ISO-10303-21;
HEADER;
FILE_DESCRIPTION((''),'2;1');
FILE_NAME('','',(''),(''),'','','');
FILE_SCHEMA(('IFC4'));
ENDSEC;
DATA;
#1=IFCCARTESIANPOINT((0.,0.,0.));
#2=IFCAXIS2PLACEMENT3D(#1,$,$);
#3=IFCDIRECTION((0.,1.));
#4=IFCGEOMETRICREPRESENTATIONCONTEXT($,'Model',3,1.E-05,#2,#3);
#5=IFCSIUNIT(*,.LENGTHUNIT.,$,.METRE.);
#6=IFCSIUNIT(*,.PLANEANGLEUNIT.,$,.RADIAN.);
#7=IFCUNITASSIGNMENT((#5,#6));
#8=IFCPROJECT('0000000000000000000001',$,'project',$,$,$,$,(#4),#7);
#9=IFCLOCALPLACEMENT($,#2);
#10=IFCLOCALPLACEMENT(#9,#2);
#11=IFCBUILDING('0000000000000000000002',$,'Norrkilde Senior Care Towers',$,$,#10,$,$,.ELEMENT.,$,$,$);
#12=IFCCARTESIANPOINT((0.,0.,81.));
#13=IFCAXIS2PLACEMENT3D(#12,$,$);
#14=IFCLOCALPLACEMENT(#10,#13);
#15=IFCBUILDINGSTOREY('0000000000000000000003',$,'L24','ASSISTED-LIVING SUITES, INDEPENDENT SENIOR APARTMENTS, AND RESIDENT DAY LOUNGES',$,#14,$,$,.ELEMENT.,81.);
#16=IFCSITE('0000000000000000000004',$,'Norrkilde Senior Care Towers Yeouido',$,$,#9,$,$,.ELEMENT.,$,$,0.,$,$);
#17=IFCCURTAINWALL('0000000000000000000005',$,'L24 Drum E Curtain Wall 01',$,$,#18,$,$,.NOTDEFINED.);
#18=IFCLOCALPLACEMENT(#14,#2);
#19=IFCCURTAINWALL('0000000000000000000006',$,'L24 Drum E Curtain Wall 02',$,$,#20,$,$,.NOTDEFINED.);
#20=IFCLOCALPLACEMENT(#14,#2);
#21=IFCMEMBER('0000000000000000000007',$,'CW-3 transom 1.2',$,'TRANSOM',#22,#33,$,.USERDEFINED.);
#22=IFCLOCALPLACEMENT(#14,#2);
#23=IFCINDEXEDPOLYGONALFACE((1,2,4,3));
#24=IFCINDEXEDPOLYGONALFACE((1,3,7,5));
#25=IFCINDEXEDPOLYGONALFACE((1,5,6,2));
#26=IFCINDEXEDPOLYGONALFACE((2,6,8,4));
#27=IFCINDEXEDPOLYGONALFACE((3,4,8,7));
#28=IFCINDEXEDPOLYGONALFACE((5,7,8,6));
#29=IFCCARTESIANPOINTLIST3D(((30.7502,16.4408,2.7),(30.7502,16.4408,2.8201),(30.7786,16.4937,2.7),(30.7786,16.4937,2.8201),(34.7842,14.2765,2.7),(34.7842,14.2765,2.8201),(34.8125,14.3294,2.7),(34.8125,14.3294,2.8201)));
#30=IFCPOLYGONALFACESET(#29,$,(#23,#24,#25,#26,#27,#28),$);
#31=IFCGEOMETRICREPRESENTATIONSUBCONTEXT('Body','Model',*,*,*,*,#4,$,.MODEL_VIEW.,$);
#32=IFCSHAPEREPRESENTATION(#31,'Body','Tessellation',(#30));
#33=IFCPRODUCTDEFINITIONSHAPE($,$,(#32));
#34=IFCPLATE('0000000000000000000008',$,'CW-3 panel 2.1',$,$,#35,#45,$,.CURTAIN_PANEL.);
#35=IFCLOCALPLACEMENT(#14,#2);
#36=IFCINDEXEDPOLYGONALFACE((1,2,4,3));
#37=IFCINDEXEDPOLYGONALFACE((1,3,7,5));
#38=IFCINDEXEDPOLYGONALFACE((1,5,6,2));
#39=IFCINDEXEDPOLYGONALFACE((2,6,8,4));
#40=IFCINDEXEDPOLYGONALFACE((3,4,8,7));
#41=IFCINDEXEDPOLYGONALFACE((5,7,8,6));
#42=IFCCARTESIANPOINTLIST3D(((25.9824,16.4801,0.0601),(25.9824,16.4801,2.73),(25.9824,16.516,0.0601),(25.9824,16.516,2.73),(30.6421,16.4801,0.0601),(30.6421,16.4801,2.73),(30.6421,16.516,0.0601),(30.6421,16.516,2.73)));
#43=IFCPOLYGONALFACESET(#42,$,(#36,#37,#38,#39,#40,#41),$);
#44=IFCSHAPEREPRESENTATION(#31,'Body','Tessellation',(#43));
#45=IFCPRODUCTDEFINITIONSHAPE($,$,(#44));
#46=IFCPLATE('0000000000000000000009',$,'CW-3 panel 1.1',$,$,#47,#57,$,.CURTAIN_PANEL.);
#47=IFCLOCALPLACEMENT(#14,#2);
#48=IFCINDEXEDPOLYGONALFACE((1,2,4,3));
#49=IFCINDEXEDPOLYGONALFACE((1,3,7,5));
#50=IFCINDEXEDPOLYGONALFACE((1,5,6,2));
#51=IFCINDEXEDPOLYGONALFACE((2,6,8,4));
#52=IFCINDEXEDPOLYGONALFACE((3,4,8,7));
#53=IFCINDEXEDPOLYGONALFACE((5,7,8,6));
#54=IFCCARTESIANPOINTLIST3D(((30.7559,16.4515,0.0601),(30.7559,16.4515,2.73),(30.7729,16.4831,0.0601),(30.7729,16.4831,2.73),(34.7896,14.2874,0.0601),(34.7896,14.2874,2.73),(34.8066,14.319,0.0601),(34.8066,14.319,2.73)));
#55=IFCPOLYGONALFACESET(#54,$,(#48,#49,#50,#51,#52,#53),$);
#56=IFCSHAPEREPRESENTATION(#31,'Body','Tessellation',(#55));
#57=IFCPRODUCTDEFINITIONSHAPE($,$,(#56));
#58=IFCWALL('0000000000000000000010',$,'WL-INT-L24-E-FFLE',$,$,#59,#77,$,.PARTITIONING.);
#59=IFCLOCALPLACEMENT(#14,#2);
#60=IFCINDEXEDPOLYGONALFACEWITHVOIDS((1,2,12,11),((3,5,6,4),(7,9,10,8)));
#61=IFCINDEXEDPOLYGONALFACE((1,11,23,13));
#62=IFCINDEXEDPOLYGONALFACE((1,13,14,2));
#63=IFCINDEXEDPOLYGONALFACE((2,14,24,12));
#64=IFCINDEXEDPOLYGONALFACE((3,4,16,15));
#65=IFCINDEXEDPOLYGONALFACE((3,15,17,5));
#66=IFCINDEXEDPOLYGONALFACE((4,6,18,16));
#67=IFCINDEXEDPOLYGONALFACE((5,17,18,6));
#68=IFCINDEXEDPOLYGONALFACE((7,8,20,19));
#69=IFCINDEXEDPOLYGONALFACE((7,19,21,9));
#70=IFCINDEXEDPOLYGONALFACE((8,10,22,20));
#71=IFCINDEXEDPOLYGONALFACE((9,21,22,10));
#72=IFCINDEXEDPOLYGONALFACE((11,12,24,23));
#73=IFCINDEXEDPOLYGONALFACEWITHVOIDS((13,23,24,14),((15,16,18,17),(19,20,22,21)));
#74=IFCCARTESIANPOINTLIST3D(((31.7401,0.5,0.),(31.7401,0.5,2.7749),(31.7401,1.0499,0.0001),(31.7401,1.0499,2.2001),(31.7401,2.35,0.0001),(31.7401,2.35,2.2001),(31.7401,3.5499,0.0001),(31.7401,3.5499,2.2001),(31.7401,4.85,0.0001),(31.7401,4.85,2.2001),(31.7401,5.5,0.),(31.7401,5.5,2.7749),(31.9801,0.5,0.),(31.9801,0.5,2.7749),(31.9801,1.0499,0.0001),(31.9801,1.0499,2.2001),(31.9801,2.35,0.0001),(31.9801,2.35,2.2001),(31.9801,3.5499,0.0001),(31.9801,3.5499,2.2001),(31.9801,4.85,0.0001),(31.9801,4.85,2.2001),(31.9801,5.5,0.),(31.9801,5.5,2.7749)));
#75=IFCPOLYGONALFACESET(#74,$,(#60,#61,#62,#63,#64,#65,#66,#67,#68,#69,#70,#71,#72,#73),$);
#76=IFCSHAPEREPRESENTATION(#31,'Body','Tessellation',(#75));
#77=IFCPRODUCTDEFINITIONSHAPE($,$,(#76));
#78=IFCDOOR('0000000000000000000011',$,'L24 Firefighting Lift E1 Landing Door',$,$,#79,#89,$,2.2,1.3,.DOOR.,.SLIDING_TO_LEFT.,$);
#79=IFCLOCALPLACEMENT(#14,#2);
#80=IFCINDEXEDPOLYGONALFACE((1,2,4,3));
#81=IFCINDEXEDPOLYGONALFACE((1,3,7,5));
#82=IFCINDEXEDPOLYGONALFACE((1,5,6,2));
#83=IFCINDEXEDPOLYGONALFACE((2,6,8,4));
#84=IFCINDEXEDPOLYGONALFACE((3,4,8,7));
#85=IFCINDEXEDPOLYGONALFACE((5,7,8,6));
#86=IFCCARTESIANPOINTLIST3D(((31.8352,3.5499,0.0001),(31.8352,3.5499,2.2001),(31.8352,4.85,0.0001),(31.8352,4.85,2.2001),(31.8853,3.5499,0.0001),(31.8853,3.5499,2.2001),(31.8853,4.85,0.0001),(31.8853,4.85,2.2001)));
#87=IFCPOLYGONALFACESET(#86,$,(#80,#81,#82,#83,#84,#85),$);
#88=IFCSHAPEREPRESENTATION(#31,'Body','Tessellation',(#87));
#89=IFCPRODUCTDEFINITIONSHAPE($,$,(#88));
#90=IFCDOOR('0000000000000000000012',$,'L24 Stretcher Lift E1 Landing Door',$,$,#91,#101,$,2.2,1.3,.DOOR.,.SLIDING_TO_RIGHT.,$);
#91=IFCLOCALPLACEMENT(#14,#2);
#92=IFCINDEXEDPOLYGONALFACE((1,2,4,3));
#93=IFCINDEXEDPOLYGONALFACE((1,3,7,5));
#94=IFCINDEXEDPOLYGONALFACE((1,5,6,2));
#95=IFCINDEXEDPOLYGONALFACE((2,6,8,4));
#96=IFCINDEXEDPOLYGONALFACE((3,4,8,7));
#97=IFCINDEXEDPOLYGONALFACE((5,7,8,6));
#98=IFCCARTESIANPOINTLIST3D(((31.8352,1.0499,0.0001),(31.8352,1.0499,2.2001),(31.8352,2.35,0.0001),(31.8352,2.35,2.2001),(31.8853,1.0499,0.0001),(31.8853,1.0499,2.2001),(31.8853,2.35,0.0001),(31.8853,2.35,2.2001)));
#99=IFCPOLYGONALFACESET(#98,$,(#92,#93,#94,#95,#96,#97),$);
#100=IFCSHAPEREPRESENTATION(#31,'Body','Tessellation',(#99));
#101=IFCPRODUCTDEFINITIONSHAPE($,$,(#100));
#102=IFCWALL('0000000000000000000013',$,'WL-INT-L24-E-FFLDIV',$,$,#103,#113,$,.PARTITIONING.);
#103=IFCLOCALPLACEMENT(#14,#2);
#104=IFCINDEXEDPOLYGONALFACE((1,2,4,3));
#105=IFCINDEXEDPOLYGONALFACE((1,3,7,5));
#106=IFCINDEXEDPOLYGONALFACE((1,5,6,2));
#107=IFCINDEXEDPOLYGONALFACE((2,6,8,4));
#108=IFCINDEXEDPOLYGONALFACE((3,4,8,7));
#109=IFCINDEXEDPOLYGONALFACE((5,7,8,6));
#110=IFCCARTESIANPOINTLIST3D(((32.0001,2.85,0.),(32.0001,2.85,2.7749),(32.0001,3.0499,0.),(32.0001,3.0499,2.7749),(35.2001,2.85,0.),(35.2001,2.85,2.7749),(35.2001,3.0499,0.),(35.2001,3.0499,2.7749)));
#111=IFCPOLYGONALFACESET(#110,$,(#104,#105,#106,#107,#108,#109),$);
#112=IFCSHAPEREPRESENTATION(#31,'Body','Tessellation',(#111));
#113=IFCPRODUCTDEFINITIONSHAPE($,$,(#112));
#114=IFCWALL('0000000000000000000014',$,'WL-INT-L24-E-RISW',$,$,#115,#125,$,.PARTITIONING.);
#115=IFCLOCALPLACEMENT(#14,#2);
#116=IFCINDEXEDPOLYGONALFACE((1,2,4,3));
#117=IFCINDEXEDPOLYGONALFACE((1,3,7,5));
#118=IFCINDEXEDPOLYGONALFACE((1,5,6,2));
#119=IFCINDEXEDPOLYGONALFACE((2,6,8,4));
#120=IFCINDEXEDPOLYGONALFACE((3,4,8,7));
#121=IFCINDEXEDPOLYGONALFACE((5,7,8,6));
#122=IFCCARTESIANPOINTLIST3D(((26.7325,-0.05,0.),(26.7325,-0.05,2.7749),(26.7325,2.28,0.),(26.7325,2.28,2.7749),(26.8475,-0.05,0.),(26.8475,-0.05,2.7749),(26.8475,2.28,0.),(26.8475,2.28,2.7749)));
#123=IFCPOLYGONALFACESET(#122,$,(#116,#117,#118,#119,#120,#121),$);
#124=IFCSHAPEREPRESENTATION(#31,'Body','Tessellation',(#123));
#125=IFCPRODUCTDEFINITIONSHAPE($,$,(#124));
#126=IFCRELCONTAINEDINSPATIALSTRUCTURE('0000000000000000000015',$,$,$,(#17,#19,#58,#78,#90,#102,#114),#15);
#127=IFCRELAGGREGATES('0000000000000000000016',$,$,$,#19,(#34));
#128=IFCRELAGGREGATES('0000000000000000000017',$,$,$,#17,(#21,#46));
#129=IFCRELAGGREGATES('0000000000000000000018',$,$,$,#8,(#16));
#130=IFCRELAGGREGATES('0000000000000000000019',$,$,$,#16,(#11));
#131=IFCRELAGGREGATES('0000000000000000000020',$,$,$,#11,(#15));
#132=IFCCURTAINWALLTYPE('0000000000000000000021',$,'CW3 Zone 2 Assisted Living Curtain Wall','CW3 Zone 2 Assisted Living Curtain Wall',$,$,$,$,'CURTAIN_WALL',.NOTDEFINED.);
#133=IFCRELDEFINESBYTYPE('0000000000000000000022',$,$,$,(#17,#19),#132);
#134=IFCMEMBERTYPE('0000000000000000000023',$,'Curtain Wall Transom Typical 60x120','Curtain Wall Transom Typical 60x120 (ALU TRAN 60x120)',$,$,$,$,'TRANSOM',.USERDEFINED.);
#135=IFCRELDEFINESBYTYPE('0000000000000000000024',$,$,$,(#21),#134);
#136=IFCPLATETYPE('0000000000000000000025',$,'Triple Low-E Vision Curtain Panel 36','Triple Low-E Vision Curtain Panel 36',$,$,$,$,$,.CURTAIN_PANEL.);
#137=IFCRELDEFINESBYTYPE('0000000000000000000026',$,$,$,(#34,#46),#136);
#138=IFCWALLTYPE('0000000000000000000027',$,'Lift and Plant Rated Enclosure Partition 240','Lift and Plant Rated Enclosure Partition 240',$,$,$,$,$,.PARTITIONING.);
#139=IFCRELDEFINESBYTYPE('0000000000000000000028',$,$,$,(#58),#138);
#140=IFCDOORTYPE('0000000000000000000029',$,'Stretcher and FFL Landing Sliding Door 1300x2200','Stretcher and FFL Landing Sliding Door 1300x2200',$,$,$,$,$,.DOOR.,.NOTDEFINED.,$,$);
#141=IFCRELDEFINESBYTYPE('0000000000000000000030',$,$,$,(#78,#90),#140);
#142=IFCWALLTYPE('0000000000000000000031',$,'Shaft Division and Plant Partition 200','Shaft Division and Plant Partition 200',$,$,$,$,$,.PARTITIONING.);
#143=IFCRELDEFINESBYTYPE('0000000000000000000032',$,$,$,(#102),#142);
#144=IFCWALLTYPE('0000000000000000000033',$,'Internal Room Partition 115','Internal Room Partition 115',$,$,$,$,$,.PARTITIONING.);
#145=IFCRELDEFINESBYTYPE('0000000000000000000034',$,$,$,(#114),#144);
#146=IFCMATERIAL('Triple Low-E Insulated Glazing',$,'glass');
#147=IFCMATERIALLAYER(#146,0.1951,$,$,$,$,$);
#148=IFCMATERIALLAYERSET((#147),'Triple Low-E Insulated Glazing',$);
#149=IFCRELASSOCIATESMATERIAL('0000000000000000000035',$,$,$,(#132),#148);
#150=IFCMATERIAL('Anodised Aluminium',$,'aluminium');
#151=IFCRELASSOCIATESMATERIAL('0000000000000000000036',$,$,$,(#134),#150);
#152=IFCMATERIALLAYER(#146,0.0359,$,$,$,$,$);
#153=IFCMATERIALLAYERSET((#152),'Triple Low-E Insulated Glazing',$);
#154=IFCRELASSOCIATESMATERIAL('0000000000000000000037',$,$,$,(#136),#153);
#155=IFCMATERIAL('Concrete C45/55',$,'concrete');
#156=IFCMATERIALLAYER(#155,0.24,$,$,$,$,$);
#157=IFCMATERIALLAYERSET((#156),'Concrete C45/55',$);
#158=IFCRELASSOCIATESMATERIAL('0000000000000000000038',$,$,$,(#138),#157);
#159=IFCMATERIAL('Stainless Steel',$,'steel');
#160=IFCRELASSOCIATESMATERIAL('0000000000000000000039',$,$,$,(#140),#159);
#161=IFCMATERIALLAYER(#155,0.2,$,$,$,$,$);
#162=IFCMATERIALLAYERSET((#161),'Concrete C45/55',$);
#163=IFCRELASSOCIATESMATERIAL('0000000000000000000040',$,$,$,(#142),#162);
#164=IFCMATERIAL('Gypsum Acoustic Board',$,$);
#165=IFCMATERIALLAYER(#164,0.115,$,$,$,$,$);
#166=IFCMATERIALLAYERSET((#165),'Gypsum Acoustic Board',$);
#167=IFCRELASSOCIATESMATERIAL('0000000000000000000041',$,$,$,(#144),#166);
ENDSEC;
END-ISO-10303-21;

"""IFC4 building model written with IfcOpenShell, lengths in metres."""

from ifc_helpers import new_model, si_unit, direction, frame, frame_2d, origin, origin_2d, place, context, subcontext, project, spatial, rectangle, extrude, source, transform, mapped, material, layer, layer_set, material_profile, profile_set, type_object, type_shapes, element, fill, aggregate, save


model = new_model("IFC4")

# Units and contexts
model_context = context("Model", 3, precision=1e-05, world=origin(), true_north=direction((0.0, 1.0)))
body_context = subcontext(model_context, "Body", "Model", "MODEL_VIEW")
ifc_project = project(units=[si_unit("LENGTHUNIT", "METRE"), si_unit("PLANEANGLEUNIT", "RADIAN")], contexts=[model_context])

# Site, building, storey
site_placement = place(None, origin())
site = spatial("IfcSite", under=ifc_project, at=site_placement, Name="Norrkilde Senior Care Towers Yeouido", CompositionType="ELEMENT", RefElevation=0.0)
building_placement = place(site_placement, origin())
building = spatial("IfcBuilding", under=site, at=building_placement, Name="Norrkilde Senior Care Towers", CompositionType="ELEMENT")
storey_placement = place(building_placement, frame((0.0, 0.0, 81.0)))
storey = spatial("IfcBuildingStorey", under=building, at=storey_placement, Name="L24", Description="ASSISTED-LIVING SUITES, INDEPENDENT SENIOR APARTMENTS, AND RESIDENT DAY LOUNGES", CompositionType="ELEMENT", Elevation=81.0)

# Curtain wall
ifc_material_1 = material(Name="Triple Low-E Insulated Glazing", Category="glass")
ifc_layer_1 = layer(ifc_material_1, 0.1951)
ifc_layer_set_1 = layer_set([ifc_layer_1], Name="Triple Low-E Insulated Glazing")
curtain_wall_type = type_object("IfcCurtainWallType", Name="CW3 Zone 2 Assisted Living Curtain Wall", Description="CW3 Zone 2 Assisted Living Curtain Wall", ElementType="CURTAIN_WALL", PredefinedType="NOTDEFINED", material=ifc_layer_set_1)
curtain_wall_1_placement = place(storey_placement, origin())
curtain_wall_1 = element("IfcCurtainWall", 1, at=curtain_wall_1_placement, inside=storey, type_object=curtain_wall_type, Name="L24 Drum E Curtain Wall 01", PredefinedType="NOTDEFINED")
ifc_material_2 = material(Name="Anodised Aluminium", Category="aluminium")

# Curtain wall
curtain_wall_2_placement = place(storey_placement, origin())
curtain_wall_2 = element("IfcCurtainWall", 2, at=curtain_wall_2_placement, inside=storey, type_object=curtain_wall_type, Name="L24 Drum E Curtain Wall 02", PredefinedType="NOTDEFINED")

# Member
ifc_material_profile_1 = material_profile(ifc_material_2, rectangle(XDim=0.0601, YDim=0.1201, at=origin_2d()), Name="ALU TRAN 60x120")
ifc_profile_set_1 = profile_set([ifc_material_profile_1], Name="Anodised Aluminium")
member_type_1 = type_object("IfcMemberType", Name="Curtain Wall Transom Typical 60x120", Description="Curtain Wall Transom Typical 60x120 (ALU TRAN 60x120)", ElementType="TRANSOM", PredefinedType="USERDEFINED", material=ifc_profile_set_1)
shared_shape_1 = source(origin(), body_context, "Body", "SweptSolid", [
    extrude(rectangle(XDim=0.0601, YDim=0.1201, at=origin_2d()), origin(), (0.0, 0.0, 1.0), 4.5779),
])
member_1_placement = place(storey_placement, frame((30.7644, 16.4673, 2.76), z_axis=(0.881182, -0.472776, 0.0), x_axis=(0.472776, 0.881182, 0.0)))
member_1 = element("IfcMember", 3, at=member_1_placement, type_object=member_type_1, Name="CW-3 transom 1.2", ObjectType="TRANSOM", PredefinedType="USERDEFINED", context=body_context, shape_type="MappedRepresentation", body=[
    mapped(shared_shape_1, transform((0.0, 0.0, 0.0), x_axis=(1.0, 0.0, 0.0), y_axis=(0.0, 1.0, 0.0), z_axis=(0.0, 0.0, 1.0), scale=1.0)),
])

# Plates
ifc_layer_2 = layer(ifc_material_1, 0.0359)
ifc_layer_set_2 = layer_set([ifc_layer_2], Name="Triple Low-E Insulated Glazing")
plate_type = type_object("IfcPlateType", Name="Triple Low-E Vision Curtain Panel 36", Description="Triple Low-E Vision Curtain Panel 36", PredefinedType="CURTAIN_PANEL", material=ifc_layer_set_2)
shared_shape_2 = source(origin(), body_context, "Body", "SweptSolid", [
    extrude(rectangle(XDim=4.6597, YDim=0.0359, at=origin_2d()), origin(), (0.0, 0.0, 1.0), 2.6699),
])
plate_1_placement = place(storey_placement, frame((28.3123, 16.498, 0.0601), z_axis=(0.0, 0.0, 1.0), x_axis=(1.0, 0.0, 0.0)))
plate_1 = element("IfcPlate", 4, at=plate_1_placement, type_object=plate_type, Name="CW-3 panel 2.1", PredefinedType="CURTAIN_PANEL", context=body_context, shape_type="MappedRepresentation", body=[
    mapped(shared_shape_2, transform((0.0, 0.0, 0.0), x_axis=(1.0, 0.0, 0.0), y_axis=(0.0, 1.0, 0.0), z_axis=(0.0, 0.0, 1.0), scale=1.0)),
])
aggregate(curtain_wall_2, [plate_1])
shared_shape_3 = source(origin(), body_context, "Body", "SweptSolid", [
    extrude(rectangle(XDim=4.5776, YDim=0.0359, at=origin_2d()), origin(), (0.0, 0.0, 1.0), 2.6699),
])
type_shapes(plate_type, [shared_shape_2, shared_shape_3])
plate_2_placement = place(storey_placement, frame((32.7812, 15.3853, 0.0601), z_axis=(0.0, 0.0, 1.0), x_axis=(0.881186, -0.472769, 0.0)))
plate_2 = element("IfcPlate", 5, at=plate_2_placement, type_object=plate_type, Name="CW-3 panel 1.1", PredefinedType="CURTAIN_PANEL", context=body_context, shape_type="MappedRepresentation", body=[
    mapped(shared_shape_3, transform((0.0, 0.0, 0.0), x_axis=(1.0, 0.0, 0.0), y_axis=(0.0, 1.0, 0.0), z_axis=(0.0, 0.0, 1.0), scale=1.0)),
])
aggregate(curtain_wall_1, [member_1, plate_2])

# Wall, openings, doors
ifc_material_3 = material(Name="Concrete C45/55", Category="concrete")
ifc_layer_3 = layer(ifc_material_3, 0.24)
ifc_layer_set_3 = layer_set([ifc_layer_3], Name="Concrete C45/55")
wall_type_1 = type_object("IfcWallType", Name="Lift and Plant Rated Enclosure Partition 240", Description="Lift and Plant Rated Enclosure Partition 240", PredefinedType="PARTITIONING", material=ifc_layer_set_3)
shared_shape_4 = source(origin(), body_context, "Body", "SweptSolid", [
    extrude(rectangle(XDim=5.0, YDim=0.24, at=frame_2d((2.5, 0.0))), origin(), (0.0, 0.0, 1.0), 2.7749),
])
type_shapes(wall_type_1, [shared_shape_4])
wall_1_placement = place(storey_placement, frame((31.8601, 0.5, 0.0), z_axis=(0.0, 0.0, 1.0), x_axis=(0.0, 1.0, 0.0)))
wall_1 = element("IfcWall", 6, at=wall_1_placement, inside=storey, type_object=wall_type_1, Name="WL-INT-L24-E-FFLE", PredefinedType="PARTITIONING", context=body_context, shape_type="MappedRepresentation", body=[
    mapped(shared_shape_4, transform((0.0, 0.0, 0.0), x_axis=(1.0, 0.0, 0.0), y_axis=(0.0, 1.0, 0.0), z_axis=(0.0, 0.0, 1.0), scale=1.0)),
])
opening_1_placement = place(wall_1_placement, frame((3.05, 0.0, 0.0)))
opening_1 = element("IfcOpeningElement", 7, at=opening_1_placement, cuts=wall_1, PredefinedType="OPENING", context=body_context, shape_type="SweptSolid", body=[
    extrude(rectangle(XDim=1.3, YDim=2.2, at=frame_2d((0.6499, 1.1001))), frame((0.0, 0.1299, 0.0), z_axis=(0.0, -1.0, 0.0), x_axis=(1.0, 0.0, 0.0)), (0.0, 0.0, 1.0), 0.26),
])
opening_2_placement = place(wall_1_placement, frame((0.55, 0.0, 0.0)))
opening_2 = element("IfcOpeningElement", 8, at=opening_2_placement, cuts=wall_1, PredefinedType="OPENING", context=body_context, shape_type="SweptSolid", body=[
    extrude(rectangle(XDim=1.3, YDim=2.2, at=frame_2d((0.6499, 1.1001))), frame((0.0, 0.1299, 0.0), z_axis=(0.0, -1.0, 0.0), x_axis=(1.0, 0.0, 0.0)), (0.0, 0.0, 1.0), 0.26),
])
ifc_material_4 = material(Name="Stainless Steel", Category="steel")
door_type_1 = type_object("IfcDoorType", Name="Stretcher and FFL Landing Sliding Door 1300x2200", Description="Stretcher and FFL Landing Sliding Door 1300x2200", OperationType="NOTDEFINED", PredefinedType="DOOR", material=ifc_material_4)
shared_shape_5 = source(origin(), body_context, "Body", "SweptSolid", [
    extrude(rectangle(XDim=1.3, YDim=2.2, at=frame_2d((0.6499, 1.1001))), frame((0.0, 0.0249, 0.0), z_axis=(0.0, -1.0, 0.0), x_axis=(1.0, 0.0, 0.0)), (0.0, 0.0, 1.0), 0.05),
])
type_shapes(door_type_1, [shared_shape_5])
door_1_placement = place(opening_1_placement, origin())
door_1 = element("IfcDoor", 9, at=door_1_placement, inside=storey, type_object=door_type_1, Name="L24 Firefighting Lift E1 Landing Door", OperationType="SLIDING_TO_LEFT", OverallHeight=2.2, OverallWidth=1.3, PredefinedType="DOOR", context=body_context, shape_type="MappedRepresentation", body=[
    mapped(shared_shape_5, transform((0.0, 0.0, 0.0), x_axis=(1.0, 0.0, 0.0), y_axis=(0.0, 1.0, 0.0), z_axis=(0.0, 0.0, 1.0), scale=1.0)),
])
fill(opening_1, door_1)
door_2_placement = place(opening_2_placement, origin())
door_2 = element("IfcDoor", 10, at=door_2_placement, inside=storey, type_object=door_type_1, Name="L24 Stretcher Lift E1 Landing Door", OperationType="SLIDING_TO_RIGHT", OverallHeight=2.2, OverallWidth=1.3, PredefinedType="DOOR", context=body_context, shape_type="MappedRepresentation", body=[
    mapped(shared_shape_5, transform((0.0, 0.0, 0.0), x_axis=(1.0, 0.0, 0.0), y_axis=(0.0, 1.0, 0.0), z_axis=(0.0, 0.0, 1.0), scale=1.0)),
])
fill(opening_2, door_2)

# Wall
ifc_layer_4 = layer(ifc_material_3, 0.2)
ifc_layer_set_4 = layer_set([ifc_layer_4], Name="Concrete C45/55")
wall_type_2 = type_object("IfcWallType", Name="Shaft Division and Plant Partition 200", Description="Shaft Division and Plant Partition 200", PredefinedType="PARTITIONING", material=ifc_layer_set_4)
shared_shape_6 = source(origin(), body_context, "Body", "SweptSolid", [
    extrude(rectangle(XDim=3.2, YDim=0.2, at=frame_2d((1.6001, 0.0))), origin(), (0.0, 0.0, 1.0), 2.7749),
])
type_shapes(wall_type_2, [shared_shape_6])
wall_2_placement = place(storey_placement, frame((32.0, 2.95, 0.0), z_axis=(0.0, 0.0, 1.0), x_axis=(1.0, 0.0, 0.0)))
element("IfcWall", 11, at=wall_2_placement, inside=storey, type_object=wall_type_2, Name="WL-INT-L24-E-FFLDIV", PredefinedType="PARTITIONING", context=body_context, shape_type="MappedRepresentation", body=[
    mapped(shared_shape_6, transform((0.0, 0.0, 0.0), x_axis=(1.0, 0.0, 0.0), y_axis=(0.0, 1.0, 0.0), z_axis=(0.0, 0.0, 1.0), scale=1.0)),
])

# Wall
ifc_material_5 = material(Name="Gypsum Acoustic Board")
ifc_layer_5 = layer(ifc_material_5, 0.115)
ifc_layer_set_5 = layer_set([ifc_layer_5], Name="Gypsum Acoustic Board")
wall_type_3 = type_object("IfcWallType", Name="Internal Room Partition 115", Description="Internal Room Partition 115", PredefinedType="PARTITIONING", material=ifc_layer_set_5)
shared_shape_7 = source(origin(), body_context, "Body", "SweptSolid", [
    extrude(rectangle(XDim=2.3301, YDim=0.115, at=frame_2d((1.165, 0.0))), origin(), (0.0, 0.0, 1.0), 2.7749),
])
type_shapes(wall_type_3, [shared_shape_7])
wall_3_placement = place(storey_placement, frame((26.79, -0.05, 0.0), z_axis=(0.0, 0.0, 1.0), x_axis=(0.0, 1.0, 0.0)))
element("IfcWall", 12, at=wall_3_placement, inside=storey, type_object=wall_type_3, Name="WL-INT-L24-E-RISW", PredefinedType="PARTITIONING", context=body_context, shape_type="MappedRepresentation", body=[
    mapped(shared_shape_7, transform((0.0, 0.0, 0.0), x_axis=(1.0, 0.0, 0.0), y_axis=(0.0, 1.0, 0.0), z_axis=(0.0, 0.0, 1.0), scale=1.0)),
])

save(model, "model.ifc")
